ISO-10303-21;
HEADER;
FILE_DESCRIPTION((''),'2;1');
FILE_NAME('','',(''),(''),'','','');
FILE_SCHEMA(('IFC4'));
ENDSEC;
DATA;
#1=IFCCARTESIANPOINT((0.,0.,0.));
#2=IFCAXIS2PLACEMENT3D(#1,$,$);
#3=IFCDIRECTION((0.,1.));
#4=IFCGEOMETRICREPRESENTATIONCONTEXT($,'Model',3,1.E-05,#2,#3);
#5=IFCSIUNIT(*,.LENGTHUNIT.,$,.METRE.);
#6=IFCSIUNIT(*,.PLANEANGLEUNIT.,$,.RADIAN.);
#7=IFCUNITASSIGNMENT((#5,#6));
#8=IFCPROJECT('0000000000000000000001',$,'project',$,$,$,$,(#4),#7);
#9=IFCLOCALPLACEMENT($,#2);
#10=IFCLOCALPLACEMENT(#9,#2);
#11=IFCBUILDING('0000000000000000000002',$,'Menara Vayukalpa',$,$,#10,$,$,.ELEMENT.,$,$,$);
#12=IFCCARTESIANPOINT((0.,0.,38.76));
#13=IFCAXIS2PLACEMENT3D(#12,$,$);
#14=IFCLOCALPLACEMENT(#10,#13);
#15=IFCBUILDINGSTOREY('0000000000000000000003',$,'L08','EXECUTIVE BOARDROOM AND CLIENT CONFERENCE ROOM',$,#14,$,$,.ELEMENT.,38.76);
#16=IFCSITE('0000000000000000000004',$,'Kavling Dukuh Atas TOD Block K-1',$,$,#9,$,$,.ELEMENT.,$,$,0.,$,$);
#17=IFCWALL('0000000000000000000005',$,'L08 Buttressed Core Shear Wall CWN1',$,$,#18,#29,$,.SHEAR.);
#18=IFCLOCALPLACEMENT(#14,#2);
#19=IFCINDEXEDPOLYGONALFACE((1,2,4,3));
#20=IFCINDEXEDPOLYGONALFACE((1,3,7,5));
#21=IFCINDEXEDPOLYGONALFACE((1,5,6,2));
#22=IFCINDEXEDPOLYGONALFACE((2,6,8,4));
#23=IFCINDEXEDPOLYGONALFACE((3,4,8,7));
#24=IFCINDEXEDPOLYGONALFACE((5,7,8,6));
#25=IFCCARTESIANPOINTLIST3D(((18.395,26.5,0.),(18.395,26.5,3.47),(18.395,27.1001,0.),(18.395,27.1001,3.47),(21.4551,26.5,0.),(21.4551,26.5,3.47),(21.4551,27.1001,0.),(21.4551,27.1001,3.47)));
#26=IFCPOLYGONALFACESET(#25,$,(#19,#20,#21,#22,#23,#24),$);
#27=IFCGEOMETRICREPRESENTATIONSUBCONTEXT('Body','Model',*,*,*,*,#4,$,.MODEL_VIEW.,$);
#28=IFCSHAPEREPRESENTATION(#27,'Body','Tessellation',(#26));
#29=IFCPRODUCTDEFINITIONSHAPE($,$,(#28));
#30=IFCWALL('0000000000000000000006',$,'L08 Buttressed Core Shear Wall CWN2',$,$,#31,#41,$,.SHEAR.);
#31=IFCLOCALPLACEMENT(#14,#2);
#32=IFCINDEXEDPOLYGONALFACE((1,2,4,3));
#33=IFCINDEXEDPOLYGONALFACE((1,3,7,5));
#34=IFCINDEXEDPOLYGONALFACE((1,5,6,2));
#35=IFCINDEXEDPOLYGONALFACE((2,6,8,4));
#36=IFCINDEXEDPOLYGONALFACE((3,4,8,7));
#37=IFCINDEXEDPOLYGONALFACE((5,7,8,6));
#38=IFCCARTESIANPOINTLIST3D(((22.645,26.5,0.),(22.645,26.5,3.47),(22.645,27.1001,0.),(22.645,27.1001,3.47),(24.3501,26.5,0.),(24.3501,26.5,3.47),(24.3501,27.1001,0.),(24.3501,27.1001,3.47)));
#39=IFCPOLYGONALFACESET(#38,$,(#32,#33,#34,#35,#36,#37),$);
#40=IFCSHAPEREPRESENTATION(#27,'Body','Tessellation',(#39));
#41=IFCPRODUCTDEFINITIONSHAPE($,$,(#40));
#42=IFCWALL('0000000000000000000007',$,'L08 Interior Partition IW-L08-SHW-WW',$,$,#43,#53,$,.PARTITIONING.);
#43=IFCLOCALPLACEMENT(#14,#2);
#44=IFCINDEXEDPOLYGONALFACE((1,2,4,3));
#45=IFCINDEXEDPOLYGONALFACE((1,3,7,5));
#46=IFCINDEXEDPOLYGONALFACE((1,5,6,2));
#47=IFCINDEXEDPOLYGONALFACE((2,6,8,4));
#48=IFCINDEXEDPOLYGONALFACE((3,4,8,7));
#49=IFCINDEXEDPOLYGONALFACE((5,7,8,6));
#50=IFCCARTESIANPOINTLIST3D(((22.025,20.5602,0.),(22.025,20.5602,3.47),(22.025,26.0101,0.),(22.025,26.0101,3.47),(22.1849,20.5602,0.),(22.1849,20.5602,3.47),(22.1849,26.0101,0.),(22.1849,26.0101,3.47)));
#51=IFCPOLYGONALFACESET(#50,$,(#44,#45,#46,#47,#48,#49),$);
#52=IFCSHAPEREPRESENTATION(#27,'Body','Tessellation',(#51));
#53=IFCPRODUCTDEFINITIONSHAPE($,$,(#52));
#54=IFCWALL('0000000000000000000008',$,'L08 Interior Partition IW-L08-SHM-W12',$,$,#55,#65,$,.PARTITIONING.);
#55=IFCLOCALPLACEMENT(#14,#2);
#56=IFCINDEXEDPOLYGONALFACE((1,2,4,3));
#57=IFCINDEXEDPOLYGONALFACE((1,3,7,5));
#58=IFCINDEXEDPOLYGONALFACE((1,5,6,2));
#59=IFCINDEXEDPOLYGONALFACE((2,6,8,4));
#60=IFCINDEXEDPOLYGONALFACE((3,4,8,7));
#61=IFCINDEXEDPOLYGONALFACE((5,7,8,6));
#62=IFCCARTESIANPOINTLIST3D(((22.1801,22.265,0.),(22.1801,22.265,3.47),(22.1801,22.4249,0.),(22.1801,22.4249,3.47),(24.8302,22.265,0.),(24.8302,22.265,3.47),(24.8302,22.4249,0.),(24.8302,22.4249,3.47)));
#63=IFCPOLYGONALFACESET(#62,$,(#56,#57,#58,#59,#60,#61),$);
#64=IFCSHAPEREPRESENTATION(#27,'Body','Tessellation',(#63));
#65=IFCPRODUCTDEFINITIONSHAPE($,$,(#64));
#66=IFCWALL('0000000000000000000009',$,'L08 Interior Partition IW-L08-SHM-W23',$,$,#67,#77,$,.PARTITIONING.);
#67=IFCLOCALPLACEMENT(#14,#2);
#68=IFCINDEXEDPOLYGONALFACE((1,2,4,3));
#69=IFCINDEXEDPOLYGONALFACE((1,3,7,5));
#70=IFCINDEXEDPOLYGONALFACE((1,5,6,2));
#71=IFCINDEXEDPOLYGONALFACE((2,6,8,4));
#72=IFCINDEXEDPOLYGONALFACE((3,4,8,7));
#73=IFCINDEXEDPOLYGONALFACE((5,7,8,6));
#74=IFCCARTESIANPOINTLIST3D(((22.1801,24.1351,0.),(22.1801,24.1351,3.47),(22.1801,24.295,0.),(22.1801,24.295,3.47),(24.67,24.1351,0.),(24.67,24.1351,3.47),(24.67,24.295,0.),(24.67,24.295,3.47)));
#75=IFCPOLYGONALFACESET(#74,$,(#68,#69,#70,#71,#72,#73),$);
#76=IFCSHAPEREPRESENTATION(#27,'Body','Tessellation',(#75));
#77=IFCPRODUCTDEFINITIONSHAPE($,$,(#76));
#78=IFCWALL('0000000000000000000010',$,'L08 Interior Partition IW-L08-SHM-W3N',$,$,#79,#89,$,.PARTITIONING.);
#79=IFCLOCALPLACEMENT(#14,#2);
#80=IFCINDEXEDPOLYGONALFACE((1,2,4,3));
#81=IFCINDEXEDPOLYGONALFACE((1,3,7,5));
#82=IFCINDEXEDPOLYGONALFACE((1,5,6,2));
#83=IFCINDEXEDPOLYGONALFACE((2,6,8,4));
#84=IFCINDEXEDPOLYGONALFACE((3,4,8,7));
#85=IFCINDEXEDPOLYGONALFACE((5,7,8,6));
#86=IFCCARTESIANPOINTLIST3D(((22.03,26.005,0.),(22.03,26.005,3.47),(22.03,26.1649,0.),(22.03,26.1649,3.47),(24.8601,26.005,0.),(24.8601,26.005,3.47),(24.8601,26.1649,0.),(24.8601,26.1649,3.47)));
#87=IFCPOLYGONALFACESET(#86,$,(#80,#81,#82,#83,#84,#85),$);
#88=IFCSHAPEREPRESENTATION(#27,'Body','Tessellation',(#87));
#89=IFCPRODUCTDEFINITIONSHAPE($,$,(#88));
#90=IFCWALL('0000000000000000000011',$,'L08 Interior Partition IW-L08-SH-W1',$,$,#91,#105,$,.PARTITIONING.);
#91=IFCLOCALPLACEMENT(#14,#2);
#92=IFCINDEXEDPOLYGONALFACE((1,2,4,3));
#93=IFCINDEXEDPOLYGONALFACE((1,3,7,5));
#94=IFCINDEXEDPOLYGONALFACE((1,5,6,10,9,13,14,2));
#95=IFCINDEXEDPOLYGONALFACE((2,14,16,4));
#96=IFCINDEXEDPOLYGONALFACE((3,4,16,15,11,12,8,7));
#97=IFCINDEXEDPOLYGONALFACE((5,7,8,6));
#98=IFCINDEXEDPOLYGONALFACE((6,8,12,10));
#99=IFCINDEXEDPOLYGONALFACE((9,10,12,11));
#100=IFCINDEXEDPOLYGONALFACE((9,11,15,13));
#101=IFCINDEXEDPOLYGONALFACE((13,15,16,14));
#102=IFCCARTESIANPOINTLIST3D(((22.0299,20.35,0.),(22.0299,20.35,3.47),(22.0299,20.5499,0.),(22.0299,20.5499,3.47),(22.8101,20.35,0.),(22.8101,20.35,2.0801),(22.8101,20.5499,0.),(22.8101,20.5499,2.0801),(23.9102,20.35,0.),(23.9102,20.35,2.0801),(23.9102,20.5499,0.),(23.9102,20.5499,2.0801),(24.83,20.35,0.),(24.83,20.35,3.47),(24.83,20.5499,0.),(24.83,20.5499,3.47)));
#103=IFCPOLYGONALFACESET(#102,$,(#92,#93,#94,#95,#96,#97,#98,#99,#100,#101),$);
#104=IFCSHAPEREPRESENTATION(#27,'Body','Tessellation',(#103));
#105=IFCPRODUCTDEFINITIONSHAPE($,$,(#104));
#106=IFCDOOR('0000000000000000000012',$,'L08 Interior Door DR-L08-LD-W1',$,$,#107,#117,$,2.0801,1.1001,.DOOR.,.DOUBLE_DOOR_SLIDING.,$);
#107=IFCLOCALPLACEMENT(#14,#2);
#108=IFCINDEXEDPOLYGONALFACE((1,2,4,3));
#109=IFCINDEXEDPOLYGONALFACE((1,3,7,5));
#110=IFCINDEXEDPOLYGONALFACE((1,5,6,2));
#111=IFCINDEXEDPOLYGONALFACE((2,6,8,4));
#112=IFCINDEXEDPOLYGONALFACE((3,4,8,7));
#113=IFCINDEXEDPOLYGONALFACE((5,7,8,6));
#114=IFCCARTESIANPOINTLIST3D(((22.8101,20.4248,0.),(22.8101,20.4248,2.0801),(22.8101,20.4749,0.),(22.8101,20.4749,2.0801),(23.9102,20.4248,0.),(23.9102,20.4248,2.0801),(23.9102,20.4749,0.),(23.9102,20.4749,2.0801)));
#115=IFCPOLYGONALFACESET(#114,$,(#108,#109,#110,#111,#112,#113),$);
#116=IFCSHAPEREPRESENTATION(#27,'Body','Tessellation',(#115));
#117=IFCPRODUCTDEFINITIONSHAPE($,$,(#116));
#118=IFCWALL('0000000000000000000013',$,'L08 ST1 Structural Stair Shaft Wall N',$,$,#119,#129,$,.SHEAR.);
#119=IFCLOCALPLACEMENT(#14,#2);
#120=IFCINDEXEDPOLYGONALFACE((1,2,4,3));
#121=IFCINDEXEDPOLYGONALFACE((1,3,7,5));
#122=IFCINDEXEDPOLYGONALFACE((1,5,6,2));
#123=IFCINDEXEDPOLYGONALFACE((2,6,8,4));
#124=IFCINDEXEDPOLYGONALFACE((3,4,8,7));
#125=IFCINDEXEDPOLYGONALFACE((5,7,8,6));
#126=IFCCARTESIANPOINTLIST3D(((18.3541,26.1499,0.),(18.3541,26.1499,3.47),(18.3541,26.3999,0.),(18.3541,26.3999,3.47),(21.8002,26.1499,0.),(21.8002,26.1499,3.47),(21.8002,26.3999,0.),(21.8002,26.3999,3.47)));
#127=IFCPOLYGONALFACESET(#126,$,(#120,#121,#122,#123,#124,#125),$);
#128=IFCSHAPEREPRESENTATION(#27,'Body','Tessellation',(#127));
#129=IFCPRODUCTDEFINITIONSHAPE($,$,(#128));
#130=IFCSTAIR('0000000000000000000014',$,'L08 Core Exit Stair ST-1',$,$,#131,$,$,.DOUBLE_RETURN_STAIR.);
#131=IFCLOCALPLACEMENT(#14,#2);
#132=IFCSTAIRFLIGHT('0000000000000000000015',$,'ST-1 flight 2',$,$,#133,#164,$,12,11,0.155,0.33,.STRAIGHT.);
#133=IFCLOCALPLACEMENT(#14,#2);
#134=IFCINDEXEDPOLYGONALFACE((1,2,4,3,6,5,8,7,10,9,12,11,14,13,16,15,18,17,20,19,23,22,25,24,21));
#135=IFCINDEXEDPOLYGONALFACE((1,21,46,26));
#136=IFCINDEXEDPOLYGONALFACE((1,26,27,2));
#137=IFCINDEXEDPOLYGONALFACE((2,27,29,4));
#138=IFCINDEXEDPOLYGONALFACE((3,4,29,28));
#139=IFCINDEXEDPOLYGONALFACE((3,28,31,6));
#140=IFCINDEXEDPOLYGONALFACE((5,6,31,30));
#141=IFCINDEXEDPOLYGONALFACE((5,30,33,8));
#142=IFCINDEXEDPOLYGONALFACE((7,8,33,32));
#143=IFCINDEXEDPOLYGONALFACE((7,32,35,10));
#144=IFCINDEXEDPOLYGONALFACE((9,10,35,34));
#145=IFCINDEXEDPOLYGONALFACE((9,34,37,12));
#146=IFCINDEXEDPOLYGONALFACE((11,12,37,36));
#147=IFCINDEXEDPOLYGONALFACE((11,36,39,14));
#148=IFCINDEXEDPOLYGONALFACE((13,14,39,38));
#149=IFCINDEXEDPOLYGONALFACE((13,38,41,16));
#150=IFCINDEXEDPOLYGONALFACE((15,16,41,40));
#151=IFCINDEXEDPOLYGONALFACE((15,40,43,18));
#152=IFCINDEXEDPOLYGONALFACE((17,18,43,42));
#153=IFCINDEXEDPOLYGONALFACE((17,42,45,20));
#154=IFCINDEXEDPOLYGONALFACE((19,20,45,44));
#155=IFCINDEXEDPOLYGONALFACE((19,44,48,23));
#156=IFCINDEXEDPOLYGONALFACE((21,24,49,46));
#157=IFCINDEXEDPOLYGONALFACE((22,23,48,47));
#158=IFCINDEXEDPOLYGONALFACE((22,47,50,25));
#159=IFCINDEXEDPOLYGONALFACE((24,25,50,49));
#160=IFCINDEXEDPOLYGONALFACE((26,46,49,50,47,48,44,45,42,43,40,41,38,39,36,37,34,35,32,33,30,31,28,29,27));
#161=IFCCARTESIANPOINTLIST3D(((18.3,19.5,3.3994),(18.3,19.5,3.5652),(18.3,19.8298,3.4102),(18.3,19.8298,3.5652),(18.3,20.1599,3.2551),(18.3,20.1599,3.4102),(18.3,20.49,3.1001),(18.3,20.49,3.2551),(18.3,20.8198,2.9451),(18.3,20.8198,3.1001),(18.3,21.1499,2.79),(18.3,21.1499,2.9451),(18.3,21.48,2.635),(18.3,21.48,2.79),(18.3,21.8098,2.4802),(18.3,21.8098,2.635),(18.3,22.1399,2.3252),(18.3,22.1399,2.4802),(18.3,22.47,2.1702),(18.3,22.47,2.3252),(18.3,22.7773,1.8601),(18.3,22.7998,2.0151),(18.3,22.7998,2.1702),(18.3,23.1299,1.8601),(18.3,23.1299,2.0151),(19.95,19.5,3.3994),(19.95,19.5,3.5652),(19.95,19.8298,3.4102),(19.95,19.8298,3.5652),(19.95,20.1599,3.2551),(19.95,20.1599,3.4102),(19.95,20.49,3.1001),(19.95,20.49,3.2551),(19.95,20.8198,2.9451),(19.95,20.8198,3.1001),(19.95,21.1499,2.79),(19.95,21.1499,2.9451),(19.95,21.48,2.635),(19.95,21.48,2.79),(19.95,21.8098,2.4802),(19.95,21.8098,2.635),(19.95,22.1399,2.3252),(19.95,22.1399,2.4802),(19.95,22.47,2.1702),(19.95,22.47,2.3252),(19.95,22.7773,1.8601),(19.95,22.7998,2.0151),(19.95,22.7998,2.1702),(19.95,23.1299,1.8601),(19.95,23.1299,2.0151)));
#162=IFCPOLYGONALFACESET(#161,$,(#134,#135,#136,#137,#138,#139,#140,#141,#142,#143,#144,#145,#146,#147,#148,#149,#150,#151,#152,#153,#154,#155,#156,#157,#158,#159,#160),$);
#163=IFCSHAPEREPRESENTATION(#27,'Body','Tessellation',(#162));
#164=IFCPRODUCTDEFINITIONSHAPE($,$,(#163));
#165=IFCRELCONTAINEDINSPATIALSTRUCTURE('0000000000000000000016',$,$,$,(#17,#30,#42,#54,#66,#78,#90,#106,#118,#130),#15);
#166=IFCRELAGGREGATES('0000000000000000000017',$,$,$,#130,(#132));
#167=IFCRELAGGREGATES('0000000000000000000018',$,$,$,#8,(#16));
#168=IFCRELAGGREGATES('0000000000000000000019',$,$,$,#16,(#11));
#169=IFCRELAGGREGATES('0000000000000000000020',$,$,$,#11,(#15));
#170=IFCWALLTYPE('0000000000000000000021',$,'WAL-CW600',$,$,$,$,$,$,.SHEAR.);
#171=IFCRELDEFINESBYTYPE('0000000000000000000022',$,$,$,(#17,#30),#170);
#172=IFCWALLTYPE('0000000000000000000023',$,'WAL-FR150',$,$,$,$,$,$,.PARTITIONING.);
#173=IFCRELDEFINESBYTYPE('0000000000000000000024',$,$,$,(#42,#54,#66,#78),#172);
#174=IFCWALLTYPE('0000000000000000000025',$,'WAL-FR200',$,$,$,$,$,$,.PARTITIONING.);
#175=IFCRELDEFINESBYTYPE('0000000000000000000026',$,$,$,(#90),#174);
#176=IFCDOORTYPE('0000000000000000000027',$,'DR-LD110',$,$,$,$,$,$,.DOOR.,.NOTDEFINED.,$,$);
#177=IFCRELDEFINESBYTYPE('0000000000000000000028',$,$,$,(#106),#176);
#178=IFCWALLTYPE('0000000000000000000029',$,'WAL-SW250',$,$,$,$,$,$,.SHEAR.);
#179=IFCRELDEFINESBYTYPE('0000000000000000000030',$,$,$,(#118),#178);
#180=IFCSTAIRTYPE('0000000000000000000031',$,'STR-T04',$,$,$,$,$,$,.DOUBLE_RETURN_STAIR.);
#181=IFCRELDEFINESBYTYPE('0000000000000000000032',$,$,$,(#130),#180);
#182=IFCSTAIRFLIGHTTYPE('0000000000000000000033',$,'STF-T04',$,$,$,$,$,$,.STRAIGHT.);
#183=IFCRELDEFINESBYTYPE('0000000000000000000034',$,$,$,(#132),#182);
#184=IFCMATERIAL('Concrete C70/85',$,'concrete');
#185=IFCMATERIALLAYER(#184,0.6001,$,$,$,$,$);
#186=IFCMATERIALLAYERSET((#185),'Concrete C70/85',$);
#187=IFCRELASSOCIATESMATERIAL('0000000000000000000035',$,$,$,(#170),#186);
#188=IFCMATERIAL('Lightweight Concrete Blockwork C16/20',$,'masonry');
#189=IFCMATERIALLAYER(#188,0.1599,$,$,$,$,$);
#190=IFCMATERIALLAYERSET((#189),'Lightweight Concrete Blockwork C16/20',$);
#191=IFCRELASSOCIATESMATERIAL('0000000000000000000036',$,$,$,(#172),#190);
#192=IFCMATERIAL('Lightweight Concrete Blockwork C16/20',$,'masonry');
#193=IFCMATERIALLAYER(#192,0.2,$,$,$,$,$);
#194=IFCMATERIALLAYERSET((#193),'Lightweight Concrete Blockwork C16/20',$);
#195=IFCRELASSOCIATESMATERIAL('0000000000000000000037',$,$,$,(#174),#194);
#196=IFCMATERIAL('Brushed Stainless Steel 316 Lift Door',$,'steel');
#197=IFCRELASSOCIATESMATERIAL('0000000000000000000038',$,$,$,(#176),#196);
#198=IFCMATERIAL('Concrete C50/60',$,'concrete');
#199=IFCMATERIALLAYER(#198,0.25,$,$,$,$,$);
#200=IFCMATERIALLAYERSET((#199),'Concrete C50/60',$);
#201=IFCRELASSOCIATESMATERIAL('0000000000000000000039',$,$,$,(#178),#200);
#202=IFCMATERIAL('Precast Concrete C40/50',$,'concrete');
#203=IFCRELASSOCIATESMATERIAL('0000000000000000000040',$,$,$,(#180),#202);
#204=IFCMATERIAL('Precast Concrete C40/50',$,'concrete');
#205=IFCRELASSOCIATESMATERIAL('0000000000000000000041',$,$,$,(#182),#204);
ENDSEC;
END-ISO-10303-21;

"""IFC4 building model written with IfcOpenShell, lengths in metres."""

from ifc_helpers import new_model, si_unit, direction, frame, frame_2d, origin, place, context, subcontext, project, spatial, polyline, rectangle, outline, extrude, material, layer, layer_set, type_object, element, fill, aggregate, save


model = new_model("IFC4")

# Units and contexts
model_context = context("Model", 3, precision=1e-05, world=origin(), true_north=direction((0.0, 1.0)))
body_context = subcontext(model_context, "Body", "Model", "MODEL_VIEW")
ifc_project = project(units=[si_unit("LENGTHUNIT", "METRE"), si_unit("PLANEANGLEUNIT", "RADIAN")], contexts=[model_context])

# Site, building, storey
site_placement = place(None, origin())
site = spatial("IfcSite", under=ifc_project, at=site_placement, Name="Kavling Dukuh Atas TOD Block K-1", CompositionType="ELEMENT", RefElevation=0.0)
building_placement = place(site_placement, origin())
building = spatial("IfcBuilding", under=site, at=building_placement, Name="Menara Vayukalpa", CompositionType="ELEMENT")
storey_placement = place(building_placement, frame((0.0, 0.0, 38.76)))
storey = spatial("IfcBuildingStorey", under=building, at=storey_placement, Name="L08", Description="EXECUTIVE BOARDROOM AND CLIENT CONFERENCE ROOM", CompositionType="ELEMENT", Elevation=38.76)

# Walls
ifc_material_1 = material(Name="Concrete C70/85", Category="concrete")
ifc_layer_1 = layer(ifc_material_1, 0.6001)
ifc_layer_set_1 = layer_set([ifc_layer_1], Name="Concrete C70/85")
wall_type_1 = type_object("IfcWallType", Name="WAL-CW600", PredefinedType="SHEAR", material=ifc_layer_set_1)
wall_1_placement = place(storey_placement, frame((18.395, 26.8, 0.0), z_axis=(0.0, 0.0, 1.0), x_axis=(1.0, 0.0, 0.0)))
element("IfcWall", 1, at=wall_1_placement, inside=storey, type_object=wall_type_1, Name="L08 Buttressed Core Shear Wall CWN1", PredefinedType="SHEAR", context=body_context, shape_type="SweptSolid", body=[
    extrude(rectangle(XDim=3.0601, YDim=0.6001, at=frame_2d((1.53, 0.0))), origin(), (0.0, 0.0, 1.0), 3.47),
])
wall_2_placement = place(storey_placement, frame((22.645, 26.8, 0.0), z_axis=(0.0, 0.0, 1.0), x_axis=(1.0, 0.0, 0.0)))
element("IfcWall", 2, at=wall_2_placement, inside=storey, type_object=wall_type_1, Name="L08 Buttressed Core Shear Wall CWN2", PredefinedType="SHEAR", context=body_context, shape_type="SweptSolid", body=[
    extrude(rectangle(XDim=1.7051, YDim=0.6001, at=frame_2d((0.8525, 0.0))), origin(), (0.0, 0.0, 1.0), 3.47),
])
ifc_material_2 = material(Name="Lightweight Concrete Blockwork C16/20", Category="masonry")
ifc_layer_2 = layer(ifc_material_2, 0.1599)
ifc_layer_set_2 = layer_set([ifc_layer_2], Name="Lightweight Concrete Blockwork C16/20")
wall_type_2 = type_object("IfcWallType", Name="WAL-FR150", PredefinedType="PARTITIONING", material=ifc_layer_set_2)
wall_3_placement = place(storey_placement, frame((22.105, 20.5601, 0.0), z_axis=(0.0, 0.0, 1.0), x_axis=(0.0, 1.0, 0.0)))
element("IfcWall", 3, at=wall_3_placement, inside=storey, type_object=wall_type_2, Name="L08 Interior Partition IW-L08-SHW-WW", PredefinedType="PARTITIONING", context=body_context, shape_type="SweptSolid", body=[
    extrude(rectangle(XDim=5.45, YDim=0.1599, at=frame_2d((2.7251, 0.0))), origin(), (0.0, 0.0, 1.0), 3.47),
])
wall_4_placement = place(storey_placement, frame((22.1799, 22.345, 0.0), z_axis=(0.0, 0.0, 1.0), x_axis=(1.0, 0.0, 0.0)))
element("IfcWall", 4, at=wall_4_placement, inside=storey, type_object=wall_type_2, Name="L08 Interior Partition IW-L08-SHM-W12", PredefinedType="PARTITIONING", context=body_context, shape_type="SweptSolid", body=[
    extrude(rectangle(XDim=2.6501, YDim=0.1599, at=frame_2d((1.3252, 0.0))), origin(), (0.0, 0.0, 1.0), 3.47),
])
wall_5_placement = place(storey_placement, frame((22.1799, 24.2151, 0.0), z_axis=(0.0, 0.0, 1.0), x_axis=(1.0, 0.0, 0.0)))
element("IfcWall", 5, at=wall_5_placement, inside=storey, type_object=wall_type_2, Name="L08 Interior Partition IW-L08-SHM-W23", PredefinedType="PARTITIONING", context=body_context, shape_type="SweptSolid", body=[
    extrude(rectangle(XDim=2.49, YDim=0.1599, at=frame_2d((1.2451, 0.0))), origin(), (0.0, 0.0, 1.0), 3.47),
])
wall_6_placement = place(storey_placement, frame((22.03, 26.085, 0.0), z_axis=(0.0, 0.0, 1.0), x_axis=(1.0, 0.0, 0.0)))
element("IfcWall", 6, at=wall_6_placement, inside=storey, type_object=wall_type_2, Name="L08 Interior Partition IW-L08-SHM-W3N", PredefinedType="PARTITIONING", context=body_context, shape_type="SweptSolid", body=[
    extrude(rectangle(XDim=2.8301, YDim=0.1599, at=frame_2d((1.415, 0.0))), origin(), (0.0, 0.0, 1.0), 3.47),
])

# Wall, opening, door
ifc_material_3 = material(Name="Lightweight Concrete Blockwork C16/20", Category="masonry")
ifc_layer_3 = layer(ifc_material_3, 0.2)
ifc_layer_set_3 = layer_set([ifc_layer_3], Name="Lightweight Concrete Blockwork C16/20")
wall_type_3 = type_object("IfcWallType", Name="WAL-FR200", PredefinedType="PARTITIONING", material=ifc_layer_set_3)
wall_7_placement = place(storey_placement, frame((22.03, 20.45, 0.0), z_axis=(0.0, 0.0, 1.0), x_axis=(1.0, 0.0, 0.0)))
wall_7 = element("IfcWall", 7, at=wall_7_placement, inside=storey, type_object=wall_type_3, Name="L08 Interior Partition IW-L08-SH-W1", PredefinedType="PARTITIONING", context=body_context, shape_type="SweptSolid", body=[
    extrude(rectangle(XDim=2.8, YDim=0.2, at=frame_2d((1.3999, 0.0))), origin(), (0.0, 0.0, 1.0), 3.47),
])
opening_placement = place(wall_7_placement, frame((0.78, 0.0, 0.0)))
opening = element("IfcOpeningElement", 8, at=opening_placement, cuts=wall_7, PredefinedType="OPENING", context=body_context, shape_type="SweptSolid", body=[
    extrude(rectangle(XDim=1.1001, YDim=2.0801, at=frame_2d((0.55, 1.04))), frame((0.0, 0.1099, 0.0), z_axis=(0.0, -1.0, 0.0), x_axis=(1.0, 0.0, 0.0)), (0.0, 0.0, 1.0), 0.22),
])
ifc_material_4 = material(Name="Brushed Stainless Steel 316 Lift Door", Category="steel")
door_type = type_object("IfcDoorType", Name="DR-LD110", OperationType="NOTDEFINED", PredefinedType="DOOR", material=ifc_material_4)
door_placement = place(opening_placement, origin())
door = element("IfcDoor", 9, at=door_placement, inside=storey, type_object=door_type, Name="L08 Interior Door DR-L08-LD-W1", OperationType="DOUBLE_DOOR_SLIDING", OverallHeight=2.0801, OverallWidth=1.1001, PredefinedType="DOOR", context=body_context, shape_type="SweptSolid", body=[
    extrude(rectangle(XDim=1.1001, YDim=2.0801, at=frame_2d((0.55, 1.04))), frame((0.0, 0.0249, 0.0), z_axis=(0.0, -1.0, 0.0), x_axis=(1.0, 0.0, 0.0)), (0.0, 0.0, 1.0), 0.05),
])
fill(opening, door)

# Wall
ifc_material_5 = material(Name="Concrete C50/60", Category="concrete")
ifc_layer_4 = layer(ifc_material_5, 0.25)
ifc_layer_set_4 = layer_set([ifc_layer_4], Name="Concrete C50/60")
wall_type_4 = type_object("IfcWallType", Name="WAL-SW250", PredefinedType="SHEAR", material=ifc_layer_set_4)
wall_8_placement = place(storey_placement, frame((18.354, 26.2749, 0.0), z_axis=(0.0, 0.0, 1.0), x_axis=(1.0, 0.0, 0.0)))
element("IfcWall", 10, at=wall_8_placement, inside=storey, type_object=wall_type_4, Name="L08 ST1 Structural Stair Shaft Wall N", PredefinedType="SHEAR", context=body_context, shape_type="SweptSolid", body=[
    extrude(rectangle(XDim=3.446, YDim=0.25, at=frame_2d((1.7231, 0.0))), origin(), (0.0, 0.0, 1.0), 3.47),
])

# Stair, stair flight
ifc_material_6 = material(Name="Precast Concrete C40/50", Category="concrete")
stair_type = type_object("IfcStairType", Name="STR-T04", PredefinedType="DOUBLE_RETURN_STAIR", material=ifc_material_6)
stair_placement = place(storey_placement, origin())
stair = element("IfcStair", 11, at=stair_placement, inside=storey, type_object=stair_type, Name="L08 Core Exit Stair ST-1", PredefinedType="DOUBLE_RETURN_STAIR")
ifc_material_7 = material(Name="Precast Concrete C40/50", Category="concrete")
stair_flight_type = type_object("IfcStairFlightType", Name="STF-T04", PredefinedType="STRAIGHT", material=ifc_material_7)
stair_flight_placement = place(storey_placement, frame((19.125, 23.1299, 1.8601), z_axis=(0.0, 0.0, 1.0), x_axis=(0.0, -1.0, 0.0)))
stair_flight = element("IfcStairFlight", 12, at=stair_flight_placement, type_object=stair_flight_type, Name="ST-1 flight 2", NumberOfRisers=12, NumberOfTreads=11, PredefinedType="STRAIGHT", RiserHeight=0.155, TreadLength=0.33, context=body_context, shape_type="SweptSolid", body=[
    extrude(outline(polyline([(0.0, 0.0), (0.0, 0.155), (0.3301, 0.155), (0.3301, 0.3101), (0.6599, 0.3101), (0.6599, 0.4651), (0.99, 0.4651), (0.99, 0.6201), (1.3201, 0.6201), (1.3201, 0.7749), (1.6499, 0.7749), (1.6499, 0.9299), (1.98, 0.9299), (1.98, 1.085), (2.3101, 1.085), (2.3101, 1.24), (2.6399, 1.24), (2.6399, 1.395), (2.97, 1.395), (2.97, 1.55), (3.3, 1.55), (3.3, 1.7051), (3.6299, 1.7051), (3.6299, 1.8601), (3.6299, 1.5393), (0.3525, 0.0), (0.0, 0.0)])), frame((0.0, 0.825, 0.0), z_axis=(0.0, -1.0, 0.0), x_axis=(1.0, 0.0, 0.0)), (0.0, 0.0, 1.0), 1.6499),
])
aggregate(stair, [stair_flight])

save(model, "model.ifc")
